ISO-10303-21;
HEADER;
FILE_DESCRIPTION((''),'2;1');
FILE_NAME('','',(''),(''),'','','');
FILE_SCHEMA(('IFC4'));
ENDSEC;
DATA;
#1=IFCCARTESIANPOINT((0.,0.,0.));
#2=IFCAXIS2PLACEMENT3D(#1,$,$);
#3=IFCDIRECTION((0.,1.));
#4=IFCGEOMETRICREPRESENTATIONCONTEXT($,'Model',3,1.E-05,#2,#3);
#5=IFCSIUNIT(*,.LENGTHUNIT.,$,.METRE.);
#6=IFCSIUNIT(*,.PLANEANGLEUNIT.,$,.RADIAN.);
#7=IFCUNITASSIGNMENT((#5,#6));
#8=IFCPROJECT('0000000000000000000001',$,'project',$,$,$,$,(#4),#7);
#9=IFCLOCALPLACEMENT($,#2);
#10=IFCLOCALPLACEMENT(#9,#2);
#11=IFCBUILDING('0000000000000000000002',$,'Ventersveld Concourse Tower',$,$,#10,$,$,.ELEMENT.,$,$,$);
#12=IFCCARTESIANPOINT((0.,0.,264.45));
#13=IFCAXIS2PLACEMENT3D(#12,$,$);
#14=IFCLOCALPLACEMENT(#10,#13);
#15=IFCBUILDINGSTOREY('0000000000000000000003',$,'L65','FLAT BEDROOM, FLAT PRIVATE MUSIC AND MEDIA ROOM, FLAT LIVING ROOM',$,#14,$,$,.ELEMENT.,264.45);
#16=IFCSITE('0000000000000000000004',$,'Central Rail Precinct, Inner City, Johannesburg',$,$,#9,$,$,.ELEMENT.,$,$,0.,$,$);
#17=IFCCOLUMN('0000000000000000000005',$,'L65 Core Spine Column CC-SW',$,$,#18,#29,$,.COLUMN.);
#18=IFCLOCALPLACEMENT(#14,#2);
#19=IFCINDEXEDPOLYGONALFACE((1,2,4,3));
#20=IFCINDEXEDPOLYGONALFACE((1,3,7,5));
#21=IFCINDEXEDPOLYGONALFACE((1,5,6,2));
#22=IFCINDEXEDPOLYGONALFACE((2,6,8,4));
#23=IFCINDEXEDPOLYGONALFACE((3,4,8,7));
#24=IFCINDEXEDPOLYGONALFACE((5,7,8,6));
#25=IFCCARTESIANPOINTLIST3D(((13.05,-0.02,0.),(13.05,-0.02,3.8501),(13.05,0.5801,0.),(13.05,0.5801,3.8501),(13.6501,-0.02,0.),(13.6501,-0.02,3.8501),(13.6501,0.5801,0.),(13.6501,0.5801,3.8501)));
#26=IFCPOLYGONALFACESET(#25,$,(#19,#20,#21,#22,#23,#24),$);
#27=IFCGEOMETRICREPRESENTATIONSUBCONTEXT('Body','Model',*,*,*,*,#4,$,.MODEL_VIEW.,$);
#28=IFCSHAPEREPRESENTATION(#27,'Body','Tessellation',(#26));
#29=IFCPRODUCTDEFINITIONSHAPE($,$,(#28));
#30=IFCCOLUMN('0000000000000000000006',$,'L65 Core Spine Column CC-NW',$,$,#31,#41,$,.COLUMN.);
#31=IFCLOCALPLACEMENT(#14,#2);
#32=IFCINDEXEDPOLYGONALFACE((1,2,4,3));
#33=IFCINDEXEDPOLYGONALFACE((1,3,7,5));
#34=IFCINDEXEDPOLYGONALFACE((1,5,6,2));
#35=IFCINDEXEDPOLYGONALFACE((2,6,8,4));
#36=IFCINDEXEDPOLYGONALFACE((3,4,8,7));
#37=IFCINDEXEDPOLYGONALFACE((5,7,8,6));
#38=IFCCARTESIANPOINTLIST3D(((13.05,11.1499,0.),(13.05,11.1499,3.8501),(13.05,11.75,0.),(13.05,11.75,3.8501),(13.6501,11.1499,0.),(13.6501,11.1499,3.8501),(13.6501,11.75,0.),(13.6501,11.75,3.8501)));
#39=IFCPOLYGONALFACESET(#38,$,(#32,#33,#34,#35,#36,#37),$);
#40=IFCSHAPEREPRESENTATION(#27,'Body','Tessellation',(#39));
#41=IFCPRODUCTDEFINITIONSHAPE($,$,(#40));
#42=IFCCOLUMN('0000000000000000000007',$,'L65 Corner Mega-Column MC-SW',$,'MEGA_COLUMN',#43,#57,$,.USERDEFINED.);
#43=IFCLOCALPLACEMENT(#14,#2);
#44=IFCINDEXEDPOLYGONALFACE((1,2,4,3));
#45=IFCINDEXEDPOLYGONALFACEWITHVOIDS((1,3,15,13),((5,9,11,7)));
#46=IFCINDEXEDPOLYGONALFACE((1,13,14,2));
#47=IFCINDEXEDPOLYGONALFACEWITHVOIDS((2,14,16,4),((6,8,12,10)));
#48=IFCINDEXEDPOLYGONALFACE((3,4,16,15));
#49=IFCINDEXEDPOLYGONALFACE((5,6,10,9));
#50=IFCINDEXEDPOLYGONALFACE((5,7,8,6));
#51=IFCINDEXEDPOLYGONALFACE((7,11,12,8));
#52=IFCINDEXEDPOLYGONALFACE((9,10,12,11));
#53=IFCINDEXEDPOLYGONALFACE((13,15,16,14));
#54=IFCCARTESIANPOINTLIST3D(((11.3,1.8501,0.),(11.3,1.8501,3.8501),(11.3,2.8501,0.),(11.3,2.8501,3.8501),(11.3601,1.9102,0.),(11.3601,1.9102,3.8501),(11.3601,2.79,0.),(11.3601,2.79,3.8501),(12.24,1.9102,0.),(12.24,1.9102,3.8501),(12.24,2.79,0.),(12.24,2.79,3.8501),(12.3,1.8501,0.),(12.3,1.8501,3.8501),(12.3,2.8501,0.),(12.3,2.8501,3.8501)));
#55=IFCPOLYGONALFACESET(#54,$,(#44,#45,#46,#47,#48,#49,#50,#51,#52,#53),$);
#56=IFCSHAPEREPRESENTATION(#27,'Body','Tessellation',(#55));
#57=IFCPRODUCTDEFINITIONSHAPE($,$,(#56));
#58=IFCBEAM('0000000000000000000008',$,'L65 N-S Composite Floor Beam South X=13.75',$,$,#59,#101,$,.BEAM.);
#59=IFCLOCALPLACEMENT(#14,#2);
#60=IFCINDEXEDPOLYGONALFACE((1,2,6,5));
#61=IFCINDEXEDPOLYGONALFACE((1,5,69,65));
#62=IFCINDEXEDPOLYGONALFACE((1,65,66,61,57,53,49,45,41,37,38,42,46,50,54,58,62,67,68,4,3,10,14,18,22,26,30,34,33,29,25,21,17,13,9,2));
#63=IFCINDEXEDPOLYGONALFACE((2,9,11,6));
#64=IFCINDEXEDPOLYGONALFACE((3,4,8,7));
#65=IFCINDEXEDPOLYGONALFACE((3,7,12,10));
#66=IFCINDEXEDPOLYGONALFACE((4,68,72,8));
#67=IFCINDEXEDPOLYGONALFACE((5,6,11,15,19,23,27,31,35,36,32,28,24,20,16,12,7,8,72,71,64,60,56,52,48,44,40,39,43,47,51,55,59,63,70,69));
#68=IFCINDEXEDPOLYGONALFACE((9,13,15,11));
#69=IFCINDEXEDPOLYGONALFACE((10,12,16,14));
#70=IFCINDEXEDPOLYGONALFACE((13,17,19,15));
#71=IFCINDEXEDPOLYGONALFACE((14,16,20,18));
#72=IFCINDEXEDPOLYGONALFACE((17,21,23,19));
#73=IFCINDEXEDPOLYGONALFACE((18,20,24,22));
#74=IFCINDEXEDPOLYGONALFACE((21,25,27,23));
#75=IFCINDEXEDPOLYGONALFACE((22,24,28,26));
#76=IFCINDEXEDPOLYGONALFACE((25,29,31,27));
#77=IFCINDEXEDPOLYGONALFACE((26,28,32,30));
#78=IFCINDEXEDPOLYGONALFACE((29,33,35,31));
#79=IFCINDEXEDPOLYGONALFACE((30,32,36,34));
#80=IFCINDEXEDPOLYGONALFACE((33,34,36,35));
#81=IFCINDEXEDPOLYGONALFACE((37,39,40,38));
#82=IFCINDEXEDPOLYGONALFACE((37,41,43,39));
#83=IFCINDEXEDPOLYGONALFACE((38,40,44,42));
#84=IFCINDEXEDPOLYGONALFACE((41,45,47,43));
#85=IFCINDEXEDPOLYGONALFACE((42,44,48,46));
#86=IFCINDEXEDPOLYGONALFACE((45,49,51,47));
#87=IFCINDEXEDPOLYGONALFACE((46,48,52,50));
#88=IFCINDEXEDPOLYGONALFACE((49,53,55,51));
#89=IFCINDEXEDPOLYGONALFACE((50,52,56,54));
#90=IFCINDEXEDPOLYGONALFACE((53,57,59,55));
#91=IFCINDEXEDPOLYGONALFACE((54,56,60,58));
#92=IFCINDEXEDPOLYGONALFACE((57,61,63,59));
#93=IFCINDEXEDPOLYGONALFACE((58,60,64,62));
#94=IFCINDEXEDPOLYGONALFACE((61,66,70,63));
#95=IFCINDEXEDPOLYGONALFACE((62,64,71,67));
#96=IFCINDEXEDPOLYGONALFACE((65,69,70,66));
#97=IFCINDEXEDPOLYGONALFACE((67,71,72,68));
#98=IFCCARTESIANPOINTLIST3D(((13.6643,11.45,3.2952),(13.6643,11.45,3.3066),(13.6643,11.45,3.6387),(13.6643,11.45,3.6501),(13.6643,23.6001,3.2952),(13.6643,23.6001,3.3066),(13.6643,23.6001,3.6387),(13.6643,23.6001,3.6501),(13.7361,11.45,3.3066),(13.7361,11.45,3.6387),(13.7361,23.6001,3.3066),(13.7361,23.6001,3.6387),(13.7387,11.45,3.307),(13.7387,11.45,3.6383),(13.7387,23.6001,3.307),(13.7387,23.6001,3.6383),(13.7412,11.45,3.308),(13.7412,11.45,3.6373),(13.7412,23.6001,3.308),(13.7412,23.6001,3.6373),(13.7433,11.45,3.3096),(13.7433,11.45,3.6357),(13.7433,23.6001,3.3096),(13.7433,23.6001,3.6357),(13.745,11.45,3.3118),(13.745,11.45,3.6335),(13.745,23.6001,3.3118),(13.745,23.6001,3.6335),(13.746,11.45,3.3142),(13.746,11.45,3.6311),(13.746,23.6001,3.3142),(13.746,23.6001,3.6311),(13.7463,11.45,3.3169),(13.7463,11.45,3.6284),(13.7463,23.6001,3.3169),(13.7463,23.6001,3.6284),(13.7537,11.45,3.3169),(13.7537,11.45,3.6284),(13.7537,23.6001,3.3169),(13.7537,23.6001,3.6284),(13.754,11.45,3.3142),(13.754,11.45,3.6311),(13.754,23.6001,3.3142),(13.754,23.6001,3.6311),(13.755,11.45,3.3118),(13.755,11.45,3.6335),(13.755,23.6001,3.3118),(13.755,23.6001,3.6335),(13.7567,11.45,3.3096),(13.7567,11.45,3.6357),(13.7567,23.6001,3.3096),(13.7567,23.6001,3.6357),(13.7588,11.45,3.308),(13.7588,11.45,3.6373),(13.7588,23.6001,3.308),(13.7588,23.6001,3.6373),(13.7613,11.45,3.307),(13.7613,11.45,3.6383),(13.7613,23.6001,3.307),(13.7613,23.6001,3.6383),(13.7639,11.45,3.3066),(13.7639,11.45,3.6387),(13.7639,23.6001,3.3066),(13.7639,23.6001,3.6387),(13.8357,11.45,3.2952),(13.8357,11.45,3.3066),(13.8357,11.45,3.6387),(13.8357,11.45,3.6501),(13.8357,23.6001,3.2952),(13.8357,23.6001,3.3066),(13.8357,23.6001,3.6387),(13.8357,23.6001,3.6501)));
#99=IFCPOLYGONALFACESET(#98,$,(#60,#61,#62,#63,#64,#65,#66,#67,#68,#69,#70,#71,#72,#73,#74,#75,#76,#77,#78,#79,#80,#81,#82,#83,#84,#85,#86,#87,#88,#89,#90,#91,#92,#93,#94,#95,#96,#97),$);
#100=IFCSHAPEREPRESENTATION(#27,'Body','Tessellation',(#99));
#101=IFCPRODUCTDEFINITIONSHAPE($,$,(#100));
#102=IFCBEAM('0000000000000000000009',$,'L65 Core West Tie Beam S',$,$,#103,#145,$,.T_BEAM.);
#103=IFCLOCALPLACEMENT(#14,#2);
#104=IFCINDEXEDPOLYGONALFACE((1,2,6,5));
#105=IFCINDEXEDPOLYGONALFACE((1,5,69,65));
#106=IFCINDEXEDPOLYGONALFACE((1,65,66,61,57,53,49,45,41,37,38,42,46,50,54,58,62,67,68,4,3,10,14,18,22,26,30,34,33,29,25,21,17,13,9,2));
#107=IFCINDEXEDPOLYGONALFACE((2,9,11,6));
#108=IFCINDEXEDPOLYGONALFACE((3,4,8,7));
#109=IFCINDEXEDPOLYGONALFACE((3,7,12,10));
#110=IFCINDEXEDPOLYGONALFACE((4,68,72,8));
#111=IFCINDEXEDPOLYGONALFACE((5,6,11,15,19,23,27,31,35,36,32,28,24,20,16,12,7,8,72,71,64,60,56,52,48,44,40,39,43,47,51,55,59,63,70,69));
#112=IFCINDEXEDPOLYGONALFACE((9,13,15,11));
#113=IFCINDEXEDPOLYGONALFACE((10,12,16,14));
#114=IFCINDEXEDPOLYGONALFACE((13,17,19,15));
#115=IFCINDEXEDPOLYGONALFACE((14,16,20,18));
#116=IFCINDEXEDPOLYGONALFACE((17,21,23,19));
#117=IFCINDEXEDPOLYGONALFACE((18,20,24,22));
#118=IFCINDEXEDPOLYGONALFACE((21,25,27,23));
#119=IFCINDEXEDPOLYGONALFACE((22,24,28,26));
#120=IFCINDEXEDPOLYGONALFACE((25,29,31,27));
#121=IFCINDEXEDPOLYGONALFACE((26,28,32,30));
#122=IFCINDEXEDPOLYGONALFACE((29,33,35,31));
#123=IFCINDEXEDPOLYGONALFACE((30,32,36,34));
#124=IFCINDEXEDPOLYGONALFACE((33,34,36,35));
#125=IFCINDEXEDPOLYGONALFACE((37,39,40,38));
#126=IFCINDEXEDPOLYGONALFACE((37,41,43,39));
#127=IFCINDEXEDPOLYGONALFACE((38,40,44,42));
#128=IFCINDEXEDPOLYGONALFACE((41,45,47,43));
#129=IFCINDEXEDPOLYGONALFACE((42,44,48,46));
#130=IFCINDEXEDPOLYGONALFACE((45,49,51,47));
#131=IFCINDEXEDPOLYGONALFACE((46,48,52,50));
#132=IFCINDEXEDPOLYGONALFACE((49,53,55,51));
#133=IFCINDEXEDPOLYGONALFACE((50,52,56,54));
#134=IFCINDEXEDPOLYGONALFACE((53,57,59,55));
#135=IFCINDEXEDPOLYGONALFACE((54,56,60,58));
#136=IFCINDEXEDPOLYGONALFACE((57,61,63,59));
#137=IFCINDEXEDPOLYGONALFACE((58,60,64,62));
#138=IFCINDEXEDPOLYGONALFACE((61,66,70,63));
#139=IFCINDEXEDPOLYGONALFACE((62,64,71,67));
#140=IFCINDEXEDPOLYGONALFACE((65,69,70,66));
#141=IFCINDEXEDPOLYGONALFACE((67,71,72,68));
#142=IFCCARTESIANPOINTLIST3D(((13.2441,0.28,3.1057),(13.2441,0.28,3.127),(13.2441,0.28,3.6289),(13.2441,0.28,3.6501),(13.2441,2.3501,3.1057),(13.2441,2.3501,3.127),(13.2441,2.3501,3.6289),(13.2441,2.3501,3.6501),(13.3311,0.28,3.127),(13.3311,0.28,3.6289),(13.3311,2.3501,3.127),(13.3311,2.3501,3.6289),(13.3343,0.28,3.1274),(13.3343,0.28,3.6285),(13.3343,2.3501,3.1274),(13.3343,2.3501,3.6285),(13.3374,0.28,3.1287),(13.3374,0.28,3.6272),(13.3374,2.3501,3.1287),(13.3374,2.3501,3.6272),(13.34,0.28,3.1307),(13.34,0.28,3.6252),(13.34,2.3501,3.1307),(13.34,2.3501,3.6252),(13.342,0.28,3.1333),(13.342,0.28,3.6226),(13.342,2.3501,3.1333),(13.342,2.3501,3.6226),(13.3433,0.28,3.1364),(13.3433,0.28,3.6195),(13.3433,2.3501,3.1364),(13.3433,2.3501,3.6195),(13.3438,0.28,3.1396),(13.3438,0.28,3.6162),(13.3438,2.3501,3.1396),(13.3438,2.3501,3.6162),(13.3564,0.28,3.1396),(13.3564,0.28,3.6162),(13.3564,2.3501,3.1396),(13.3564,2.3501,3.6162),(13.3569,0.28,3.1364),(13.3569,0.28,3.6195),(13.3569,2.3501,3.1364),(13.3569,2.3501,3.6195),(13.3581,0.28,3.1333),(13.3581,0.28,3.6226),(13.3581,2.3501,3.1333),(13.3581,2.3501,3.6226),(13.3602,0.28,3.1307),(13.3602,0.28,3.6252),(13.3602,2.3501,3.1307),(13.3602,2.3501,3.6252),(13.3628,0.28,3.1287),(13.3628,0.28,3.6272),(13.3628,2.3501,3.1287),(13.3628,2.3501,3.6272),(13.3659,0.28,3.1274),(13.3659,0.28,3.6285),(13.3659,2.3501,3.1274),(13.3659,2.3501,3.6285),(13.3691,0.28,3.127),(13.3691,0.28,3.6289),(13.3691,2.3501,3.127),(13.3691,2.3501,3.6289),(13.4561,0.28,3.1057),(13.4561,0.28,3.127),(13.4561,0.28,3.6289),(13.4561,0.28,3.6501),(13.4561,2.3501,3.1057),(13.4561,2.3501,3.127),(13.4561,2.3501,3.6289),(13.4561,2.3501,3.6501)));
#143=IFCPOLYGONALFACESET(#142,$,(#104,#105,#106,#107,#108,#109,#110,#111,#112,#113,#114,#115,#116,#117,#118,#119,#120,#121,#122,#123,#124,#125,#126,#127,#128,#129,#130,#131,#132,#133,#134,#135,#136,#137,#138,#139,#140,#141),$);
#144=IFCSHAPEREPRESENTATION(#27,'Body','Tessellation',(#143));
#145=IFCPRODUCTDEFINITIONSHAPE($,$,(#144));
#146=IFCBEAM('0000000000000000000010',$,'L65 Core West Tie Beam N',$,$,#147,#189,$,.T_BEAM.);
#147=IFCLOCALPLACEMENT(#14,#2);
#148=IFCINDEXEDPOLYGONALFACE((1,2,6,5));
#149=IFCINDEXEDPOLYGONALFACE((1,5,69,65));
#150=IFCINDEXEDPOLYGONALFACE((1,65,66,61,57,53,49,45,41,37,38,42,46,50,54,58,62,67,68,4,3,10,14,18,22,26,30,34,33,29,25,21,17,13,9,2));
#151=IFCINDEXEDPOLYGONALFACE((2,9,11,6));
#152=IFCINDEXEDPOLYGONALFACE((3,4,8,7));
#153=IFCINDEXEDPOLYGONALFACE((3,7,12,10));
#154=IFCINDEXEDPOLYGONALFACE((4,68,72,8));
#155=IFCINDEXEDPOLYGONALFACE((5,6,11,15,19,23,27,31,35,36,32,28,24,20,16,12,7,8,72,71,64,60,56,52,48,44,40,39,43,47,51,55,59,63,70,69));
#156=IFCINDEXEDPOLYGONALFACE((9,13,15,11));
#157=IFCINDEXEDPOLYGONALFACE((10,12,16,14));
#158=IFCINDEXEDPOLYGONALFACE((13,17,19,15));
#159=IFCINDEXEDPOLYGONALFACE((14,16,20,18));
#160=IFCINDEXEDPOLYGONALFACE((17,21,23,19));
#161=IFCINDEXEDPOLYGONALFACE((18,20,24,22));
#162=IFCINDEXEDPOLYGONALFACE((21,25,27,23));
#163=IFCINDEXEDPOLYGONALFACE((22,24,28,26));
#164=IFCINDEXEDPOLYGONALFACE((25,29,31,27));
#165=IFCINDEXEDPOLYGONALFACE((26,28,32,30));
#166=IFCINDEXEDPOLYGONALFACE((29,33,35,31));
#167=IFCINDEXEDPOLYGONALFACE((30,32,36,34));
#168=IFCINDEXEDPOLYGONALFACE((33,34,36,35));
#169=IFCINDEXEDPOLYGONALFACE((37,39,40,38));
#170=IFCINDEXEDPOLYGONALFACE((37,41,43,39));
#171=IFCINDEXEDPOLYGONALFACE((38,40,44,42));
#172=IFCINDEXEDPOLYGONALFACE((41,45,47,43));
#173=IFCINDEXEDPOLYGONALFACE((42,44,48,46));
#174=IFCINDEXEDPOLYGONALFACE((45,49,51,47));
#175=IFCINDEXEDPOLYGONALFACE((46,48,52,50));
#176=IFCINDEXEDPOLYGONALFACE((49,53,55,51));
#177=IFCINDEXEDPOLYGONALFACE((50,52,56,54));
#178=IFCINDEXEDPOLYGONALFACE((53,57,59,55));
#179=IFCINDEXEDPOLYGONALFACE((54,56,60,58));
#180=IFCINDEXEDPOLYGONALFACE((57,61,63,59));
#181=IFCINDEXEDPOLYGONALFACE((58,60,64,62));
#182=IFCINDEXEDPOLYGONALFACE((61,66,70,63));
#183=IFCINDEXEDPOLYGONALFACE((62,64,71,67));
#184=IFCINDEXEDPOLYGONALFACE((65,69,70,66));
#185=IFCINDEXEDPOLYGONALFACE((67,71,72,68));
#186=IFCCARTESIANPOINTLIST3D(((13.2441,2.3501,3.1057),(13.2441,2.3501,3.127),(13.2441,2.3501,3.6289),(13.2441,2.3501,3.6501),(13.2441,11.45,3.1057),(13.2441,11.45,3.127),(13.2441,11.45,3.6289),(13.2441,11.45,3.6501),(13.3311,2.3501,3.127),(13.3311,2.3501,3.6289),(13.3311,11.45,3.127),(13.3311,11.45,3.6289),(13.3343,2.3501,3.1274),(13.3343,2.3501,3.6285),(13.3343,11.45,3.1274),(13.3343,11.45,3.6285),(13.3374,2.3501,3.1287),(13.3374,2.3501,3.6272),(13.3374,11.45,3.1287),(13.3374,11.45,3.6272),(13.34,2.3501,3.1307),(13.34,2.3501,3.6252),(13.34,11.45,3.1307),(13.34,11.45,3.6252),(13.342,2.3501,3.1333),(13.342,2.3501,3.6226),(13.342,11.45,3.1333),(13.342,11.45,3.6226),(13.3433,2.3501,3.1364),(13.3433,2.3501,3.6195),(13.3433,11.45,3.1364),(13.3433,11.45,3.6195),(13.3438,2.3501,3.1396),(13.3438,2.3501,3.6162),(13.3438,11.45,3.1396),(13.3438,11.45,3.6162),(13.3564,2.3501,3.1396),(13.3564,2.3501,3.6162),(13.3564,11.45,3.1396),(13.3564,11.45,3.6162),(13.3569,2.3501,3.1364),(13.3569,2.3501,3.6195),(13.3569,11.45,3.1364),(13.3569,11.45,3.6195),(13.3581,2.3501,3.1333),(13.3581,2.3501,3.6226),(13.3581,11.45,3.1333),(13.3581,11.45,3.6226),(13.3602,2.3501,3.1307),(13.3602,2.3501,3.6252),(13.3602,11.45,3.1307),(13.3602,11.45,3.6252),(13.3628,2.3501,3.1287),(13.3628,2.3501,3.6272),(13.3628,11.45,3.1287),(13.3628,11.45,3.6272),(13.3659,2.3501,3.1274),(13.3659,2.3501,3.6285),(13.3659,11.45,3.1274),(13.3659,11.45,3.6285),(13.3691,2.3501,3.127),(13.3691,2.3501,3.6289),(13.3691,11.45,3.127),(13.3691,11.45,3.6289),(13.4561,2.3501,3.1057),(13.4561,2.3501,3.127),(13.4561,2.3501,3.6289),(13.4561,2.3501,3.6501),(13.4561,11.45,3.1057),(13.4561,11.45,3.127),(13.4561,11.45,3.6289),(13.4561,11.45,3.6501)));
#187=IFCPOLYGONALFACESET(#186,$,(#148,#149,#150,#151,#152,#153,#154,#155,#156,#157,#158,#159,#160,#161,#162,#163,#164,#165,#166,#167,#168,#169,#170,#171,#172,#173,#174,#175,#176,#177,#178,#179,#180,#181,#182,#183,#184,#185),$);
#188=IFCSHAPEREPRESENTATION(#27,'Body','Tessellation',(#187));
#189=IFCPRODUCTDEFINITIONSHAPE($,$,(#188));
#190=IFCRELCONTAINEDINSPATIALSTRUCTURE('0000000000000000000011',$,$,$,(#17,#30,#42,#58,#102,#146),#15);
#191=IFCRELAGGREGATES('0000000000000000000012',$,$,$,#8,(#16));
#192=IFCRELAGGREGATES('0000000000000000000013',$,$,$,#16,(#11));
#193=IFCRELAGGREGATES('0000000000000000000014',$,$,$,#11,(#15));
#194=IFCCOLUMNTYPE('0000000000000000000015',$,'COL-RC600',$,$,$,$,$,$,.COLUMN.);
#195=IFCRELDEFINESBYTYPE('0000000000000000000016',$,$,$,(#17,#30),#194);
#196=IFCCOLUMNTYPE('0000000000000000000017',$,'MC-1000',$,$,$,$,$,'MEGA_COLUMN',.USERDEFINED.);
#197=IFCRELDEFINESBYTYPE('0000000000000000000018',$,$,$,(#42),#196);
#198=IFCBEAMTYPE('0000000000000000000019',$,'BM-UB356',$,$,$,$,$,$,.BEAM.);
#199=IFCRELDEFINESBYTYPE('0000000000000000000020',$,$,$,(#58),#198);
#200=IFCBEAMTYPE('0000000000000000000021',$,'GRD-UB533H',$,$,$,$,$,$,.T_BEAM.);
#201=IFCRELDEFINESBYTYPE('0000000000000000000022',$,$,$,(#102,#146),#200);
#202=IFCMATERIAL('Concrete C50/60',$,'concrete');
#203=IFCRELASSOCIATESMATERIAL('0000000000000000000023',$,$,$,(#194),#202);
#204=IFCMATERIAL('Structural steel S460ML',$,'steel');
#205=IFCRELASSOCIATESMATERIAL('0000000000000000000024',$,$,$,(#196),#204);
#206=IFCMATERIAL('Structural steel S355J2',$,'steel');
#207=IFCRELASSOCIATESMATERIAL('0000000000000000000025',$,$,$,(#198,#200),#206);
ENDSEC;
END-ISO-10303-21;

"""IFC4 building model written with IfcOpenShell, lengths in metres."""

from ifc_helpers import new_model, si_unit, direction, frame, origin, origin_2d, place, context, subcontext, project, spatial, rectangle, hollow_rectangle, i_section, extrude, material, material_profile, profile_set, type_object, element, save


model = new_model("IFC4")

# Units and contexts
model_context = context("Model", 3, precision=1e-05, world=origin(), true_north=direction((0.0, 1.0)))
body_context = subcontext(model_context, "Body", "Model", "MODEL_VIEW")
ifc_project = project(units=[si_unit("LENGTHUNIT", "METRE"), si_unit("PLANEANGLEUNIT", "RADIAN")], contexts=[model_context])

# Site, building, storey
site_placement = place(None, origin())
site = spatial("IfcSite", under=ifc_project, at=site_placement, Name="Central Rail Precinct, Inner City, Johannesburg", CompositionType="ELEMENT", RefElevation=0.0)
building_placement = place(site_placement, origin())
building = spatial("IfcBuilding", under=site, at=building_placement, Name="Ventersveld Concourse Tower", CompositionType="ELEMENT")
storey_placement = place(building_placement, frame((0.0, 0.0, 264.45)))
storey = spatial("IfcBuildingStorey", under=building, at=storey_placement, Name="L65", Description="FLAT BEDROOM, FLAT PRIVATE MUSIC AND MEDIA ROOM, FLAT LIVING ROOM", CompositionType="ELEMENT", Elevation=264.45)

# Columns
ifc_material_1 = material(Name="Concrete C50/60", Category="concrete")
ifc_material_profile_1 = material_profile(ifc_material_1, rectangle(XDim=0.6001, YDim=0.6001, at=origin_2d()), Name="RC 600x600")
ifc_profile_set_1 = profile_set([ifc_material_profile_1], Name="Concrete C50/60")
column_type_1 = type_object("IfcColumnType", Name="COL-RC600", PredefinedType="COLUMN", material=ifc_profile_set_1)
for number, where, z_axis, x_axis, name in (
    (1, (13.3501, 0.28, 0.0), (0.0, 0.0, 1.0), (1.0, 0.0, 0.0), "L65 Core Spine Column CC-SW"),
    (2, (13.3501, 11.45, 0.0), (0.0, 0.0, 1.0), (1.0, 0.0, 0.0), "L65 Core Spine Column CC-NW"),
):
    element("IfcColumn", number, at=place(storey_placement, frame(where, z_axis=z_axis, x_axis=x_axis)), inside=storey, type_object=column_type_1, Name=name, PredefinedType="COLUMN", context=body_context, shape_type="SweptSolid", body=[
        extrude(rectangle(XDim=0.6001, YDim=0.6001, at=origin_2d()), origin(), (0.0, 0.0, 1.0), 3.8501),
    ])
ifc_material_2 = material(Name="Structural steel S460ML", Category="steel")
ifc_material_profile_2 = material_profile(ifc_material_2, hollow_rectangle(XDim=1.0, YDim=1.0, WallThickness=0.0601, at=origin_2d()), Name="BOX 1000x1000x60")
ifc_profile_set_2 = profile_set([ifc_material_profile_2], Name="Structural steel S460ML")
column_type_2 = type_object("IfcColumnType", Name="MC-1000", ElementType="MEGA_COLUMN", PredefinedType="USERDEFINED", material=ifc_profile_set_2)
column_placement = place(storey_placement, frame((11.8, 2.3501, 0.0), z_axis=(0.0, 0.0, 1.0), x_axis=(1.0, 0.0, 0.0)))
element("IfcColumn", 3, at=column_placement, inside=storey, type_object=column_type_2, Name="L65 Corner Mega-Column MC-SW", ObjectType="MEGA_COLUMN", PredefinedType="USERDEFINED", context=body_context, shape_type="SweptSolid", body=[
    extrude(hollow_rectangle(XDim=1.0, YDim=1.0, WallThickness=0.0601, at=origin_2d()), origin(), (0.0, 0.0, 1.0), 3.8501),
])

# Beams
ifc_material_3 = material(Name="Structural steel S355J2", Category="steel")
ifc_material_profile_3 = material_profile(ifc_material_3, i_section(OverallWidth=0.1714, OverallDepth=0.355, WebThickness=0.0073, FlangeThickness=0.0115, FilletRadius=0.0103, at=origin_2d()), Name="UB 356x171x51")
ifc_profile_set_3 = profile_set([ifc_material_profile_3], Name="Structural steel S355J2")
beam_type_1 = type_object("IfcBeamType", Name="BM-UB356", PredefinedType="BEAM", material=ifc_profile_set_3)
beam_1_placement = place(storey_placement, frame((13.75, 11.45, 3.4727), z_axis=(0.0, 1.0, 0.0), x_axis=(-1.0, 0.0, 0.0)))
element("IfcBeam", 4, at=beam_1_placement, inside=storey, type_object=beam_type_1, Name="L65 N-S Composite Floor Beam South X=13.75", PredefinedType="BEAM", context=body_context, shape_type="SweptSolid", body=[
    extrude(i_section(OverallWidth=0.1714, OverallDepth=0.355, WebThickness=0.0073, FlangeThickness=0.0115, FilletRadius=0.0103, at=origin_2d()), origin(), (0.0, 0.0, 1.0), 12.1501),
])
ifc_material_profile_4 = material_profile(ifc_material_3, i_section(OverallWidth=0.2119, OverallDepth=0.5444, WebThickness=0.0127, FlangeThickness=0.0212, FilletRadius=0.0127, at=origin_2d()), Name="UB 533x210x122")
ifc_profile_set_4 = profile_set([ifc_material_profile_4], Name="Structural steel S355J2")
beam_type_2 = type_object("IfcBeamType", Name="GRD-UB533H", PredefinedType="T_BEAM", material=ifc_profile_set_4)
beam_2_placement = place(storey_placement, frame((13.3501, 0.28, 3.3779), z_axis=(0.0, 1.0, 0.0), x_axis=(-1.0, 0.0, 0.0)))
element("IfcBeam", 5, at=beam_2_placement, inside=storey, type_object=beam_type_2, Name="L65 Core West Tie Beam S", PredefinedType="T_BEAM", context=body_context, shape_type="SweptSolid", body=[
    extrude(i_section(OverallWidth=0.2119, OverallDepth=0.5444, WebThickness=0.0127, FlangeThickness=0.0212, FilletRadius=0.0127, at=origin_2d()), origin(), (0.0, 0.0, 1.0), 2.0701),
])
beam_3_placement = place(storey_placement, frame((13.3501, 2.3501, 3.3779), z_axis=(0.0, 1.0, 0.0), x_axis=(-1.0, 0.0, 0.0)))
element("IfcBeam", 6, at=beam_3_placement, inside=storey, type_object=beam_type_2, Name="L65 Core West Tie Beam N", PredefinedType="T_BEAM", context=body_context, shape_type="SweptSolid", body=[
    extrude(i_section(OverallWidth=0.2119, OverallDepth=0.5444, WebThickness=0.0127, FlangeThickness=0.0212, FilletRadius=0.0127, at=origin_2d()), origin(), (0.0, 0.0, 1.0), 9.0999),
])

save(model, "model.ifc")
